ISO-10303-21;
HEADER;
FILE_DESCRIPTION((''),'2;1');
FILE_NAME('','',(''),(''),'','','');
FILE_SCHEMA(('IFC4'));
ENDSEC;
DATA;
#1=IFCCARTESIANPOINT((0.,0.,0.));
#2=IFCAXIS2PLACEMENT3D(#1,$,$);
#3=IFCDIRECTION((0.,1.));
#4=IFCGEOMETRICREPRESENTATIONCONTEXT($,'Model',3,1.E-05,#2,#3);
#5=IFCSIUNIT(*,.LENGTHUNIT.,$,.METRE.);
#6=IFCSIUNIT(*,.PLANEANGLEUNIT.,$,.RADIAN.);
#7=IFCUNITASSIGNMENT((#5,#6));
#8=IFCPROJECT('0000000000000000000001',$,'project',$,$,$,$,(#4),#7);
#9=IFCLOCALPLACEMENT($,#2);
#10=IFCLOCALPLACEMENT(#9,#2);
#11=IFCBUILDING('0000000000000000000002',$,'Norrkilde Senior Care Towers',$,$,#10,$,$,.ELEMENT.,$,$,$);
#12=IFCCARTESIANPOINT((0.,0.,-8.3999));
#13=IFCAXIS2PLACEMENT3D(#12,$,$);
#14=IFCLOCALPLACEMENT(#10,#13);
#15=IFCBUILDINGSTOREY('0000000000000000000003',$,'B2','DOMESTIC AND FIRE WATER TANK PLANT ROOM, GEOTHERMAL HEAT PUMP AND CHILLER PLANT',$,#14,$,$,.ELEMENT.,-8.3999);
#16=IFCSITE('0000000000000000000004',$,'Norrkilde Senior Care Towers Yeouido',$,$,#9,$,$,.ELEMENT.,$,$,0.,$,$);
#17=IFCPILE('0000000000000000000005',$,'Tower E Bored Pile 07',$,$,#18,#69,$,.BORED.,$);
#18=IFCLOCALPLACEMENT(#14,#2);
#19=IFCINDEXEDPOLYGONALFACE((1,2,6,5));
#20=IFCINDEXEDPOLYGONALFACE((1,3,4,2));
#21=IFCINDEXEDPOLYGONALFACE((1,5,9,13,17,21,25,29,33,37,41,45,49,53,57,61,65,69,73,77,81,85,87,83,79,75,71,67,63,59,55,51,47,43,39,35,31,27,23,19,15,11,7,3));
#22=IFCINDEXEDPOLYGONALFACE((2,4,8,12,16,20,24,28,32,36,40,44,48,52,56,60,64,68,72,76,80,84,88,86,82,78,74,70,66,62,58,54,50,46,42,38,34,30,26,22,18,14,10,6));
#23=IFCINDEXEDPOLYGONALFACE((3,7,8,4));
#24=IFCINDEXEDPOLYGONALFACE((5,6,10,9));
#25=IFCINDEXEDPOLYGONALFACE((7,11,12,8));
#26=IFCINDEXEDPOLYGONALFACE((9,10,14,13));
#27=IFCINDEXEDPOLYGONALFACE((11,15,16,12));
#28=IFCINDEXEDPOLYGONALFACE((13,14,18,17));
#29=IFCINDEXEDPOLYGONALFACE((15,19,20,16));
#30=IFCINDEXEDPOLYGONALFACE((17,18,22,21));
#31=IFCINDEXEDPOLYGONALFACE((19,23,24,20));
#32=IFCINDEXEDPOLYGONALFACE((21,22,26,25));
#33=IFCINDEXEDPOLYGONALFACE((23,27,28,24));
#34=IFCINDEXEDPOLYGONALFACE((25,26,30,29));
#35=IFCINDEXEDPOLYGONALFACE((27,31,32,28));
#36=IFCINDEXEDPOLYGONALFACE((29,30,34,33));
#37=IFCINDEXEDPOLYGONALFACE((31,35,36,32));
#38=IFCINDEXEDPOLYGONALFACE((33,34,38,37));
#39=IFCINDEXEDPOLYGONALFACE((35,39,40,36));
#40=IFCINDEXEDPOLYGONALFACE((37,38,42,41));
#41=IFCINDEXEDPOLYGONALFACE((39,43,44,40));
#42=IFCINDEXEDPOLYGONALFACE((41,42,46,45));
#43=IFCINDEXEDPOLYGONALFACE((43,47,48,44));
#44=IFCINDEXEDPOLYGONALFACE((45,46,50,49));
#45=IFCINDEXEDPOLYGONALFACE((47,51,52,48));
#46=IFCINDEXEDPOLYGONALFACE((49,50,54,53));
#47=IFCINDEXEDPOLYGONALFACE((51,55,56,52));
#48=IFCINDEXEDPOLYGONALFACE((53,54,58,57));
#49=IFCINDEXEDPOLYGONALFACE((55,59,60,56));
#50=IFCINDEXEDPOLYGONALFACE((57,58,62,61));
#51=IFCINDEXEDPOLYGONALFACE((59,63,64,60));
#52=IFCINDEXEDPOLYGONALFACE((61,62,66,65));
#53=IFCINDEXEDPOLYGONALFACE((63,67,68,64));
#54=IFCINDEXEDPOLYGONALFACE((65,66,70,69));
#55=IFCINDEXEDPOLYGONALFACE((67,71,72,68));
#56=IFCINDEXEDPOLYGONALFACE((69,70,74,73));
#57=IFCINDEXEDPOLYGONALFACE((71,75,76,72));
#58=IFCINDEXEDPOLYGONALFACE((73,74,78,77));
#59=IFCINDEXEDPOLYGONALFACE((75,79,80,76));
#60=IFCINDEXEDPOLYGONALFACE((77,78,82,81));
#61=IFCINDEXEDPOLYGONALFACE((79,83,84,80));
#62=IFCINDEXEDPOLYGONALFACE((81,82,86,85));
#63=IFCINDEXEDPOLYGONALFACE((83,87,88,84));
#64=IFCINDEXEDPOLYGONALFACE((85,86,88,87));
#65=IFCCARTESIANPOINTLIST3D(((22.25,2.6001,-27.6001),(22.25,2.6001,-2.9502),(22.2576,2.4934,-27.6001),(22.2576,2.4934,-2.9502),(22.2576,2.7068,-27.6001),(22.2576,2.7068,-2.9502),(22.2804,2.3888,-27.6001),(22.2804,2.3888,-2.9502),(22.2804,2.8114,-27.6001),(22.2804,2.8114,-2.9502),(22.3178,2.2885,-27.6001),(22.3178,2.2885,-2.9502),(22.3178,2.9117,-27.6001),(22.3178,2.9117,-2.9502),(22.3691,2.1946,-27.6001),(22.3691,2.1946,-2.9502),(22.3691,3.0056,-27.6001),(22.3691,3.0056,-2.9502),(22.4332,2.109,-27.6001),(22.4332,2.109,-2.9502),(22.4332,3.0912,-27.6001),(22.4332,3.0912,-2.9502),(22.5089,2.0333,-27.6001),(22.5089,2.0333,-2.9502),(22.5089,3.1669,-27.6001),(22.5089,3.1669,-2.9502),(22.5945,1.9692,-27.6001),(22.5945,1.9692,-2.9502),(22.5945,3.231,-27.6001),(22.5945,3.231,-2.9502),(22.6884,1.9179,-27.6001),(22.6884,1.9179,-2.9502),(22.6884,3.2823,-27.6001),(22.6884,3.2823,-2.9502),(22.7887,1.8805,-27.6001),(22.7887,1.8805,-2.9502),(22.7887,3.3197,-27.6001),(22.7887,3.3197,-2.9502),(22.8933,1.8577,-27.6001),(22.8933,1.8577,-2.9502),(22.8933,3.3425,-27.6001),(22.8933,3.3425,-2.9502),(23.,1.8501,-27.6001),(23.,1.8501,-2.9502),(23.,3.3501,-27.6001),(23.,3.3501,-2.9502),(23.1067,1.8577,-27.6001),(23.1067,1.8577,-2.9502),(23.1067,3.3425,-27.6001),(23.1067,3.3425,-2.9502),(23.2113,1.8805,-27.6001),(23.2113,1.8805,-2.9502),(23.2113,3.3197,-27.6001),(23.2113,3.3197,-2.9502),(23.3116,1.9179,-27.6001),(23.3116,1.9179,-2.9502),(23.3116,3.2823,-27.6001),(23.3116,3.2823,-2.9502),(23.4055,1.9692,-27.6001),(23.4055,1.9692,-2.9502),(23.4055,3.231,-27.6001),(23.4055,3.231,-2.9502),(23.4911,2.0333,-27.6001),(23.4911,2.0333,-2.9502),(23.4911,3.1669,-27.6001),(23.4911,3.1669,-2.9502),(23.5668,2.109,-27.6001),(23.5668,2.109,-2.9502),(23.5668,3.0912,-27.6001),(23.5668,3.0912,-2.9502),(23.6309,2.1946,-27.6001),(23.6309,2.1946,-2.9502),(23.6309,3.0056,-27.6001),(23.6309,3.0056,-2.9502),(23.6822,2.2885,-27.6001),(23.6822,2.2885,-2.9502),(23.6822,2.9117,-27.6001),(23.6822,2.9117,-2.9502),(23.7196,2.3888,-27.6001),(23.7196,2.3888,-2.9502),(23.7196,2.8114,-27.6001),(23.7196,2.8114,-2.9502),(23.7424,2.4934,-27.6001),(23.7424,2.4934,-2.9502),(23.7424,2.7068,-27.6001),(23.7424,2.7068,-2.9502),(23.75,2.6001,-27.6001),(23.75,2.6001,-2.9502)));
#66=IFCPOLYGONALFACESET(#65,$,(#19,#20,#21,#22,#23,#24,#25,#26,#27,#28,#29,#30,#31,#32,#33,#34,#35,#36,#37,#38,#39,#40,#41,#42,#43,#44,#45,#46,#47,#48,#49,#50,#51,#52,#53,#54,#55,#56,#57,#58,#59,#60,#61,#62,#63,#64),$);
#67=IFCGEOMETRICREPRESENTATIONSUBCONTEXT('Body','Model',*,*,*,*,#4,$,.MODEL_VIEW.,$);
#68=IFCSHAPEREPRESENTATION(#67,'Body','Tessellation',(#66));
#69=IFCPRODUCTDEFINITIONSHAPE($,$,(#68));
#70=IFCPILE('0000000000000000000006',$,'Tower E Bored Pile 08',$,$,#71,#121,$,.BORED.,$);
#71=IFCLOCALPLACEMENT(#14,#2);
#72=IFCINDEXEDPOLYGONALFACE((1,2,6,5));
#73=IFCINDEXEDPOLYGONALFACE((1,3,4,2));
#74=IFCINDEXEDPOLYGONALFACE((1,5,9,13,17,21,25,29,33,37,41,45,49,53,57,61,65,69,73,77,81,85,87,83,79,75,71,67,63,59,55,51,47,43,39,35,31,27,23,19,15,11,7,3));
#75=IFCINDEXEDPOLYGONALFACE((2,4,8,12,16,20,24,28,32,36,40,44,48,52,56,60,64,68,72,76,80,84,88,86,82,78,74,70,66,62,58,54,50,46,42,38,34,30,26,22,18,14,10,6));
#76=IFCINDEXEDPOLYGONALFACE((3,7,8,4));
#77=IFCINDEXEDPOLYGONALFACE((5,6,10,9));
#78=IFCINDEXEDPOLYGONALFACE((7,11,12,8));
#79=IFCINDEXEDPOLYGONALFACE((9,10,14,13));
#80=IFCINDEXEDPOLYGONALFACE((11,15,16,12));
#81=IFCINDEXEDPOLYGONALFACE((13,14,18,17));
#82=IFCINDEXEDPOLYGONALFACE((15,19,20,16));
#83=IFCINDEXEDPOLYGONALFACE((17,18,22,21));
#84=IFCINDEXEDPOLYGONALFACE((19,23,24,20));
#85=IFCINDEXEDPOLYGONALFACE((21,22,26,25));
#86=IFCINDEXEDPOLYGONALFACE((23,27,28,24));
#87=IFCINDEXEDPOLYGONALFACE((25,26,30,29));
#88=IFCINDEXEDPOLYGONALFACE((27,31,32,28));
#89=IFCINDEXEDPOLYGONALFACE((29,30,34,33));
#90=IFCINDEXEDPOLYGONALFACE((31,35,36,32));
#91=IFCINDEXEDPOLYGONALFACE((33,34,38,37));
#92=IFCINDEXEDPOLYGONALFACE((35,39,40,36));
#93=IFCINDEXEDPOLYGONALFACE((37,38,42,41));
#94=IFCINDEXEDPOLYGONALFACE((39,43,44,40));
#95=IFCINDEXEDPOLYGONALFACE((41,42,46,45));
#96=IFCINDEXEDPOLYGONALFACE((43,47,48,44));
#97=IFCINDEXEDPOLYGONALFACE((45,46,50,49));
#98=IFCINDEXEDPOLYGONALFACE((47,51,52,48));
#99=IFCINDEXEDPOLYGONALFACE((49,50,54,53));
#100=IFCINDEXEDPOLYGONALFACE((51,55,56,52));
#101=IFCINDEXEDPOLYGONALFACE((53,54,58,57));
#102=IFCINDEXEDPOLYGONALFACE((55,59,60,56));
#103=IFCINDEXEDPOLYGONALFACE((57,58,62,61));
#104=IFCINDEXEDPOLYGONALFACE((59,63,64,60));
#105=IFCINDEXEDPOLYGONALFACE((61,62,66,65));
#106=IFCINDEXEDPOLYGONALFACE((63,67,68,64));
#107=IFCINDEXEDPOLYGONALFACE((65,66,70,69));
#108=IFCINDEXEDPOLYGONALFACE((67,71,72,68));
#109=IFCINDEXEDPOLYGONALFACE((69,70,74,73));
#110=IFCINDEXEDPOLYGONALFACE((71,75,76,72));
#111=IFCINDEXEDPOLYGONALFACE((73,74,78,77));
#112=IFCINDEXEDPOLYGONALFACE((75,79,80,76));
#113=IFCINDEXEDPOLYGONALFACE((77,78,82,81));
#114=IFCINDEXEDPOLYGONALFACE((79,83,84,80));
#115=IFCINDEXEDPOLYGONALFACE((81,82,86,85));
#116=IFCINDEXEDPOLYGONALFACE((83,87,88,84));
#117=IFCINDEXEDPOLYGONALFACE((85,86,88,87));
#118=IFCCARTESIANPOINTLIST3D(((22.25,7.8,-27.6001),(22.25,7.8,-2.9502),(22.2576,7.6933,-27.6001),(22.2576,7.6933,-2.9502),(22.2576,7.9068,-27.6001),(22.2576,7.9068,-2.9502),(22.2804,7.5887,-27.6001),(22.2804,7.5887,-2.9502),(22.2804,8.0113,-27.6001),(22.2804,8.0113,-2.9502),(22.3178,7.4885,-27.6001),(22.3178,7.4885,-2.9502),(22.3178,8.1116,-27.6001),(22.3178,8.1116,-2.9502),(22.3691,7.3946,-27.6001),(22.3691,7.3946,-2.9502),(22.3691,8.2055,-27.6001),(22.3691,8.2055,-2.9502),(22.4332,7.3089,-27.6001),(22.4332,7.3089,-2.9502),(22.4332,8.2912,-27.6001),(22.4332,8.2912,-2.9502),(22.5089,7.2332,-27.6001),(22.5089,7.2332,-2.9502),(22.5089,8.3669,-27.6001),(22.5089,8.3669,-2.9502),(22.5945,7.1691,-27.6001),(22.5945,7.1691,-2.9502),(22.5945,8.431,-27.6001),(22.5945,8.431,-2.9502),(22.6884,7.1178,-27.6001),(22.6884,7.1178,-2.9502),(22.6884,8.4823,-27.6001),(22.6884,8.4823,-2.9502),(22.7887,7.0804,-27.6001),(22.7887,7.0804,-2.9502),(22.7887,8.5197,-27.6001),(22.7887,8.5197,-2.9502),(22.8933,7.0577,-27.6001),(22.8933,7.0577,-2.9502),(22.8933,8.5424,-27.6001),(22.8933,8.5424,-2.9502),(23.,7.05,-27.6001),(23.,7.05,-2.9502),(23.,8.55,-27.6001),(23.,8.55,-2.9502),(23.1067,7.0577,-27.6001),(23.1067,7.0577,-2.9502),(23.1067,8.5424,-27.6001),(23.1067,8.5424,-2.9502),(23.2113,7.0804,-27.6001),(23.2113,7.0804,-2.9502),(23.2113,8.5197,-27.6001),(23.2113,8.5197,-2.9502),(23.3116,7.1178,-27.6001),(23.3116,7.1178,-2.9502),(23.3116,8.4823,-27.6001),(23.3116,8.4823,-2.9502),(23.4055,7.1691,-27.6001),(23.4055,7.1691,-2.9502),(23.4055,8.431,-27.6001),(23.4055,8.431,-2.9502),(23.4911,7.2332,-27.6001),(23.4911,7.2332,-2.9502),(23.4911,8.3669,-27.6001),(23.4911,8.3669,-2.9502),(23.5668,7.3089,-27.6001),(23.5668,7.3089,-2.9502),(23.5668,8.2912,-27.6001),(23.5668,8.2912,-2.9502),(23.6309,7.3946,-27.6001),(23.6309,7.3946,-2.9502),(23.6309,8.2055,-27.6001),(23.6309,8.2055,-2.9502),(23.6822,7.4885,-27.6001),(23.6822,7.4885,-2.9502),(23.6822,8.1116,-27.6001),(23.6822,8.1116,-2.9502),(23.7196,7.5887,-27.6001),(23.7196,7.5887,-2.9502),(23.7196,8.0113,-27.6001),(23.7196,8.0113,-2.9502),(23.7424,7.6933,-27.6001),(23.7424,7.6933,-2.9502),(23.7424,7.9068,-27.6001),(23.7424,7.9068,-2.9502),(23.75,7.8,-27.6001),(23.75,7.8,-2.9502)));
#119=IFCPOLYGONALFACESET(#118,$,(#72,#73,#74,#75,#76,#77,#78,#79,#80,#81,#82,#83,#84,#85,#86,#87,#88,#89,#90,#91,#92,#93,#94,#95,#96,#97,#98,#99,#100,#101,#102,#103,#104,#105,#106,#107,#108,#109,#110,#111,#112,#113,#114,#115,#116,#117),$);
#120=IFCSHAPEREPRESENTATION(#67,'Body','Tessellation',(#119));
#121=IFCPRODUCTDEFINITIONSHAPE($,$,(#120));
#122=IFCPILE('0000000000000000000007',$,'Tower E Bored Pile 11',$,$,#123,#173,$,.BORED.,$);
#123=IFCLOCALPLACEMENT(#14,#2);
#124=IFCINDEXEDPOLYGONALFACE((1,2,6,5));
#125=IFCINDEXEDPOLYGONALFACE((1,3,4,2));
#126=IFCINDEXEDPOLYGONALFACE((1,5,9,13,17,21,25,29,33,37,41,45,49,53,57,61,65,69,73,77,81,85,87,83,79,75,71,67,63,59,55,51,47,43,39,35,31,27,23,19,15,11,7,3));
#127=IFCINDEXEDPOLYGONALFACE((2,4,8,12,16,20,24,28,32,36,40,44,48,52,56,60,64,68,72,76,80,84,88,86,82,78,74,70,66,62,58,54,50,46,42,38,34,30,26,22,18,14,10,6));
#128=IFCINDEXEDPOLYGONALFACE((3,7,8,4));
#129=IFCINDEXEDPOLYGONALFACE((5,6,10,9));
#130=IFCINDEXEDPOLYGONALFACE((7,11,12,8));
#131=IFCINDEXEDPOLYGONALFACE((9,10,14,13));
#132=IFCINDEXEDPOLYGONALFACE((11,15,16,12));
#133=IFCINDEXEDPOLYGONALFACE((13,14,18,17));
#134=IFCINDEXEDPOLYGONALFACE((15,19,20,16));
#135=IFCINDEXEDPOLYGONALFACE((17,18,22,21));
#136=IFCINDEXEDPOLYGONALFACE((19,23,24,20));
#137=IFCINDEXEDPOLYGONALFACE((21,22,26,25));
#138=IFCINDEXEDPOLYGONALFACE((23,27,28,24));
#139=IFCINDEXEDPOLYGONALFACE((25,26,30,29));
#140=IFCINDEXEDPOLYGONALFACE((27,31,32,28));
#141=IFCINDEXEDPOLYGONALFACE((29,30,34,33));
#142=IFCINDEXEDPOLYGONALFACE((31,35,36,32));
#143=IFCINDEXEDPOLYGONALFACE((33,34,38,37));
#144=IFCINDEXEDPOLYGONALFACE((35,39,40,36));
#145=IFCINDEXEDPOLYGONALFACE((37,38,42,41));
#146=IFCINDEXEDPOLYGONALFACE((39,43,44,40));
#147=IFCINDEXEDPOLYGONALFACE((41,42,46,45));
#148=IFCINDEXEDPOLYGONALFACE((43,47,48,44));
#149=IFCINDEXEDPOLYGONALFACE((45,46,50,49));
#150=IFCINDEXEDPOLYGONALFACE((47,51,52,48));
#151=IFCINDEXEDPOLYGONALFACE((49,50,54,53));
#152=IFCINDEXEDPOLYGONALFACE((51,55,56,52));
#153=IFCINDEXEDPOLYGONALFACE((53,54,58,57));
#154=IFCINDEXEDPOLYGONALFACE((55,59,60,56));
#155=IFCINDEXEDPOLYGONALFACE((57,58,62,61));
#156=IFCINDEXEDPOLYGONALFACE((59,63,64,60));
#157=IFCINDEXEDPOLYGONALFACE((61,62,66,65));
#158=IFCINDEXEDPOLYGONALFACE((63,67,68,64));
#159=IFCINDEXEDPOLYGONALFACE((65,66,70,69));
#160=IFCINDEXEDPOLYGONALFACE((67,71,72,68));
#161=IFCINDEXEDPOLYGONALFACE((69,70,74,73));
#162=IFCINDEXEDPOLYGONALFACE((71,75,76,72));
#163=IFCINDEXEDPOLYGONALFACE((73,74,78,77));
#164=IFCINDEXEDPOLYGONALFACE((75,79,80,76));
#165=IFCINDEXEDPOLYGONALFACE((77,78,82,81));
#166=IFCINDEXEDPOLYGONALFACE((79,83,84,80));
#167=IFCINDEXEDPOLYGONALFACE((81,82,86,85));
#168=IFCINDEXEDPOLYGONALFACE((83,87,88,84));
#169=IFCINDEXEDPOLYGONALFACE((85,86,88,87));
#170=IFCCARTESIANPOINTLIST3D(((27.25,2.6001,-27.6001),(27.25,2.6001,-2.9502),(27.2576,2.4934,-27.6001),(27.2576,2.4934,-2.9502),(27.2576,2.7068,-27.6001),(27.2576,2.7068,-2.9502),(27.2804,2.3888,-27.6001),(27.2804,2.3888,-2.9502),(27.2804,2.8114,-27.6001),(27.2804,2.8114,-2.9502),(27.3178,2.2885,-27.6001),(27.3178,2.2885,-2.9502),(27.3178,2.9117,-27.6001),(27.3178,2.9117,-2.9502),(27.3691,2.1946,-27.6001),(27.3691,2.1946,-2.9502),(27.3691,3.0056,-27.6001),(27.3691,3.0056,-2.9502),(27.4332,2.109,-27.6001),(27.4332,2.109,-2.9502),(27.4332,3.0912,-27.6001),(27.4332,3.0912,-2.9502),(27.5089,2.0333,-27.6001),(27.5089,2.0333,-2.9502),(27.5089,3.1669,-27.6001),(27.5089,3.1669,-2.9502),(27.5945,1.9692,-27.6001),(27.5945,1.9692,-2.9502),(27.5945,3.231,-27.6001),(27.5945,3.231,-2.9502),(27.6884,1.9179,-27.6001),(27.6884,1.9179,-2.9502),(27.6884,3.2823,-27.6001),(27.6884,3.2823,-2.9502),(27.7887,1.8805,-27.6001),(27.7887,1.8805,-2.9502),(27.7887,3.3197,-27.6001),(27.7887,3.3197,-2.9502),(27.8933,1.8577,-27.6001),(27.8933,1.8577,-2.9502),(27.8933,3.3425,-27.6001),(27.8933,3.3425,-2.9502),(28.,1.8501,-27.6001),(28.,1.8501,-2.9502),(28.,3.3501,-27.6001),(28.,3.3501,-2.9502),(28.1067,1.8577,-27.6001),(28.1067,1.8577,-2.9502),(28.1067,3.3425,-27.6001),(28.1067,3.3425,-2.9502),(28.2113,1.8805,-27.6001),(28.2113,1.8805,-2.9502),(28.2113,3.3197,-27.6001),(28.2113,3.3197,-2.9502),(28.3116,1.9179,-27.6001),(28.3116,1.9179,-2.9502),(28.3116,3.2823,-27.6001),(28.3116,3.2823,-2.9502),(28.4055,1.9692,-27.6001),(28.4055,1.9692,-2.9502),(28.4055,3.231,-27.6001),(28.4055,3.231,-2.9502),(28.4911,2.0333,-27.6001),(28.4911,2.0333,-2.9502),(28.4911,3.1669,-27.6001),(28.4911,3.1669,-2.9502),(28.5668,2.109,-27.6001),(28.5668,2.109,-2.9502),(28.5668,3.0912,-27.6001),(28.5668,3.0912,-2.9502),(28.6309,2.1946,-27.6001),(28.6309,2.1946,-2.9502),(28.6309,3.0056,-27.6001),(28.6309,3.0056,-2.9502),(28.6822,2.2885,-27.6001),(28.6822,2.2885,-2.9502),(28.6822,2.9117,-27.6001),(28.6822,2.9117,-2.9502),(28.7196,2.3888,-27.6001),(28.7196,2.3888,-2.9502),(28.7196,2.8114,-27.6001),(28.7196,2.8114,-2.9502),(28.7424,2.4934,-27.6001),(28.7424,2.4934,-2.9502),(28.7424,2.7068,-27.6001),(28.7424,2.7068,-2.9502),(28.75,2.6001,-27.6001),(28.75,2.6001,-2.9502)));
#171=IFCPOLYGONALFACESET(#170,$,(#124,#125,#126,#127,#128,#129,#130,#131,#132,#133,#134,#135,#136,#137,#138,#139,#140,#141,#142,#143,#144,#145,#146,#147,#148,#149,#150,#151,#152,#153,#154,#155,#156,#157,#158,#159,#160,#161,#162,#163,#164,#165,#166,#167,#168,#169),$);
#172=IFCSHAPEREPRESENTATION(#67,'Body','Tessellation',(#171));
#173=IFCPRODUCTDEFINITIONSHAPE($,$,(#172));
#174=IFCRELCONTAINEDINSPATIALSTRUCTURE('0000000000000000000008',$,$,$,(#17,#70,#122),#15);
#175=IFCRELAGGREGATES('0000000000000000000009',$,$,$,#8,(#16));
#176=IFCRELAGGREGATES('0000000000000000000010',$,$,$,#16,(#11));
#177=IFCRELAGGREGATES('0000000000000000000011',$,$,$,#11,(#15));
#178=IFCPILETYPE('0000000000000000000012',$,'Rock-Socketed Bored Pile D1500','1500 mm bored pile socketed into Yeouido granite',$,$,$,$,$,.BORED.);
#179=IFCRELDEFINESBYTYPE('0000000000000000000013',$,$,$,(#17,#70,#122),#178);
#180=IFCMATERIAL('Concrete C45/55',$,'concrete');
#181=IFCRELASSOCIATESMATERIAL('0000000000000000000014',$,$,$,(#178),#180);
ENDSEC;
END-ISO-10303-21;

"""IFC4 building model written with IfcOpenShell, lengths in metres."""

from ifc_helpers import new_model, si_unit, direction, frame, origin, origin_2d, place, context, subcontext, project, spatial, circle, extrude, source, transform, mapped, material, material_profile, profile_set, type_object, type_shapes, element, save


model = new_model("IFC4")

# Units and contexts
model_context = context("Model", 3, precision=1e-05, world=origin(), true_north=direction((0.0, 1.0)))
body_context = subcontext(model_context, "Body", "Model", "MODEL_VIEW")
ifc_project = project(units=[si_unit("LENGTHUNIT", "METRE"), si_unit("PLANEANGLEUNIT", "RADIAN")], contexts=[model_context])

# Site, building, storey
site_placement = place(None, origin())
site = spatial("IfcSite", under=ifc_project, at=site_placement, Name="Norrkilde Senior Care Towers Yeouido", CompositionType="ELEMENT", RefElevation=0.0)
building_placement = place(site_placement, origin())
building = spatial("IfcBuilding", under=site, at=building_placement, Name="Norrkilde Senior Care Towers", CompositionType="ELEMENT")
storey_placement = place(building_placement, frame((0.0, 0.0, -8.3999)))
storey = spatial("IfcBuildingStorey", under=building, at=storey_placement, Name="B2", Description="DOMESTIC AND FIRE WATER TANK PLANT ROOM, GEOTHERMAL HEAT PUMP AND CHILLER PLANT", CompositionType="ELEMENT", Elevation=-8.3999)

# Piles
ifc_material_1 = material(Name="Concrete C45/55", Category="concrete")
ifc_material_profile_1 = material_profile(ifc_material_1, circle(Radius=0.75, at=origin_2d()), Name="BORED PILE 1500")
ifc_profile_set_1 = profile_set([ifc_material_profile_1], Name="Concrete C45/55")
pile_type_1 = type_object("IfcPileType", Name="Rock-Socketed Bored Pile D1500", Description="1500 mm bored pile socketed into Yeouido granite", PredefinedType="BORED", material=ifc_profile_set_1)
shared_shape_1 = source(origin(), body_context, "Body", "SweptSolid", [
    extrude(circle(Radius=0.75, at=origin_2d()), origin(), (0.0, 0.0, 1.0), 24.6499),
])
type_shapes(pile_type_1, [shared_shape_1])
for number, where, z_axis, x_axis, name in (
    (1, (23.0, 2.6001, -2.9502), (0.0, 0.0, -1.0), (1.0, 0.0, 0.0), "Tower E Bored Pile 07"),
    (2, (23.0, 7.8, -2.9502), (0.0, 0.0, -1.0), (1.0, 0.0, 0.0), "Tower E Bored Pile 08"),
    (3, (28.0, 2.6001, -2.9502), (0.0, 0.0, -1.0), (1.0, 0.0, 0.0), "Tower E Bored Pile 11"),
):
    element("IfcPile", number, at=place(storey_placement, frame(where, z_axis=z_axis, x_axis=x_axis)), inside=storey, type_object=pile_type_1, Name=name, PredefinedType="BORED", context=body_context, shape_type="MappedRepresentation", body=[
        mapped(shared_shape_1, transform((0.0, 0.0, 0.0), x_axis=(1.0, 0.0, 0.0), y_axis=(0.0, 1.0, 0.0), z_axis=(0.0, 0.0, 1.0), scale=1.0)),
    ])

save(model, "model.ifc")
